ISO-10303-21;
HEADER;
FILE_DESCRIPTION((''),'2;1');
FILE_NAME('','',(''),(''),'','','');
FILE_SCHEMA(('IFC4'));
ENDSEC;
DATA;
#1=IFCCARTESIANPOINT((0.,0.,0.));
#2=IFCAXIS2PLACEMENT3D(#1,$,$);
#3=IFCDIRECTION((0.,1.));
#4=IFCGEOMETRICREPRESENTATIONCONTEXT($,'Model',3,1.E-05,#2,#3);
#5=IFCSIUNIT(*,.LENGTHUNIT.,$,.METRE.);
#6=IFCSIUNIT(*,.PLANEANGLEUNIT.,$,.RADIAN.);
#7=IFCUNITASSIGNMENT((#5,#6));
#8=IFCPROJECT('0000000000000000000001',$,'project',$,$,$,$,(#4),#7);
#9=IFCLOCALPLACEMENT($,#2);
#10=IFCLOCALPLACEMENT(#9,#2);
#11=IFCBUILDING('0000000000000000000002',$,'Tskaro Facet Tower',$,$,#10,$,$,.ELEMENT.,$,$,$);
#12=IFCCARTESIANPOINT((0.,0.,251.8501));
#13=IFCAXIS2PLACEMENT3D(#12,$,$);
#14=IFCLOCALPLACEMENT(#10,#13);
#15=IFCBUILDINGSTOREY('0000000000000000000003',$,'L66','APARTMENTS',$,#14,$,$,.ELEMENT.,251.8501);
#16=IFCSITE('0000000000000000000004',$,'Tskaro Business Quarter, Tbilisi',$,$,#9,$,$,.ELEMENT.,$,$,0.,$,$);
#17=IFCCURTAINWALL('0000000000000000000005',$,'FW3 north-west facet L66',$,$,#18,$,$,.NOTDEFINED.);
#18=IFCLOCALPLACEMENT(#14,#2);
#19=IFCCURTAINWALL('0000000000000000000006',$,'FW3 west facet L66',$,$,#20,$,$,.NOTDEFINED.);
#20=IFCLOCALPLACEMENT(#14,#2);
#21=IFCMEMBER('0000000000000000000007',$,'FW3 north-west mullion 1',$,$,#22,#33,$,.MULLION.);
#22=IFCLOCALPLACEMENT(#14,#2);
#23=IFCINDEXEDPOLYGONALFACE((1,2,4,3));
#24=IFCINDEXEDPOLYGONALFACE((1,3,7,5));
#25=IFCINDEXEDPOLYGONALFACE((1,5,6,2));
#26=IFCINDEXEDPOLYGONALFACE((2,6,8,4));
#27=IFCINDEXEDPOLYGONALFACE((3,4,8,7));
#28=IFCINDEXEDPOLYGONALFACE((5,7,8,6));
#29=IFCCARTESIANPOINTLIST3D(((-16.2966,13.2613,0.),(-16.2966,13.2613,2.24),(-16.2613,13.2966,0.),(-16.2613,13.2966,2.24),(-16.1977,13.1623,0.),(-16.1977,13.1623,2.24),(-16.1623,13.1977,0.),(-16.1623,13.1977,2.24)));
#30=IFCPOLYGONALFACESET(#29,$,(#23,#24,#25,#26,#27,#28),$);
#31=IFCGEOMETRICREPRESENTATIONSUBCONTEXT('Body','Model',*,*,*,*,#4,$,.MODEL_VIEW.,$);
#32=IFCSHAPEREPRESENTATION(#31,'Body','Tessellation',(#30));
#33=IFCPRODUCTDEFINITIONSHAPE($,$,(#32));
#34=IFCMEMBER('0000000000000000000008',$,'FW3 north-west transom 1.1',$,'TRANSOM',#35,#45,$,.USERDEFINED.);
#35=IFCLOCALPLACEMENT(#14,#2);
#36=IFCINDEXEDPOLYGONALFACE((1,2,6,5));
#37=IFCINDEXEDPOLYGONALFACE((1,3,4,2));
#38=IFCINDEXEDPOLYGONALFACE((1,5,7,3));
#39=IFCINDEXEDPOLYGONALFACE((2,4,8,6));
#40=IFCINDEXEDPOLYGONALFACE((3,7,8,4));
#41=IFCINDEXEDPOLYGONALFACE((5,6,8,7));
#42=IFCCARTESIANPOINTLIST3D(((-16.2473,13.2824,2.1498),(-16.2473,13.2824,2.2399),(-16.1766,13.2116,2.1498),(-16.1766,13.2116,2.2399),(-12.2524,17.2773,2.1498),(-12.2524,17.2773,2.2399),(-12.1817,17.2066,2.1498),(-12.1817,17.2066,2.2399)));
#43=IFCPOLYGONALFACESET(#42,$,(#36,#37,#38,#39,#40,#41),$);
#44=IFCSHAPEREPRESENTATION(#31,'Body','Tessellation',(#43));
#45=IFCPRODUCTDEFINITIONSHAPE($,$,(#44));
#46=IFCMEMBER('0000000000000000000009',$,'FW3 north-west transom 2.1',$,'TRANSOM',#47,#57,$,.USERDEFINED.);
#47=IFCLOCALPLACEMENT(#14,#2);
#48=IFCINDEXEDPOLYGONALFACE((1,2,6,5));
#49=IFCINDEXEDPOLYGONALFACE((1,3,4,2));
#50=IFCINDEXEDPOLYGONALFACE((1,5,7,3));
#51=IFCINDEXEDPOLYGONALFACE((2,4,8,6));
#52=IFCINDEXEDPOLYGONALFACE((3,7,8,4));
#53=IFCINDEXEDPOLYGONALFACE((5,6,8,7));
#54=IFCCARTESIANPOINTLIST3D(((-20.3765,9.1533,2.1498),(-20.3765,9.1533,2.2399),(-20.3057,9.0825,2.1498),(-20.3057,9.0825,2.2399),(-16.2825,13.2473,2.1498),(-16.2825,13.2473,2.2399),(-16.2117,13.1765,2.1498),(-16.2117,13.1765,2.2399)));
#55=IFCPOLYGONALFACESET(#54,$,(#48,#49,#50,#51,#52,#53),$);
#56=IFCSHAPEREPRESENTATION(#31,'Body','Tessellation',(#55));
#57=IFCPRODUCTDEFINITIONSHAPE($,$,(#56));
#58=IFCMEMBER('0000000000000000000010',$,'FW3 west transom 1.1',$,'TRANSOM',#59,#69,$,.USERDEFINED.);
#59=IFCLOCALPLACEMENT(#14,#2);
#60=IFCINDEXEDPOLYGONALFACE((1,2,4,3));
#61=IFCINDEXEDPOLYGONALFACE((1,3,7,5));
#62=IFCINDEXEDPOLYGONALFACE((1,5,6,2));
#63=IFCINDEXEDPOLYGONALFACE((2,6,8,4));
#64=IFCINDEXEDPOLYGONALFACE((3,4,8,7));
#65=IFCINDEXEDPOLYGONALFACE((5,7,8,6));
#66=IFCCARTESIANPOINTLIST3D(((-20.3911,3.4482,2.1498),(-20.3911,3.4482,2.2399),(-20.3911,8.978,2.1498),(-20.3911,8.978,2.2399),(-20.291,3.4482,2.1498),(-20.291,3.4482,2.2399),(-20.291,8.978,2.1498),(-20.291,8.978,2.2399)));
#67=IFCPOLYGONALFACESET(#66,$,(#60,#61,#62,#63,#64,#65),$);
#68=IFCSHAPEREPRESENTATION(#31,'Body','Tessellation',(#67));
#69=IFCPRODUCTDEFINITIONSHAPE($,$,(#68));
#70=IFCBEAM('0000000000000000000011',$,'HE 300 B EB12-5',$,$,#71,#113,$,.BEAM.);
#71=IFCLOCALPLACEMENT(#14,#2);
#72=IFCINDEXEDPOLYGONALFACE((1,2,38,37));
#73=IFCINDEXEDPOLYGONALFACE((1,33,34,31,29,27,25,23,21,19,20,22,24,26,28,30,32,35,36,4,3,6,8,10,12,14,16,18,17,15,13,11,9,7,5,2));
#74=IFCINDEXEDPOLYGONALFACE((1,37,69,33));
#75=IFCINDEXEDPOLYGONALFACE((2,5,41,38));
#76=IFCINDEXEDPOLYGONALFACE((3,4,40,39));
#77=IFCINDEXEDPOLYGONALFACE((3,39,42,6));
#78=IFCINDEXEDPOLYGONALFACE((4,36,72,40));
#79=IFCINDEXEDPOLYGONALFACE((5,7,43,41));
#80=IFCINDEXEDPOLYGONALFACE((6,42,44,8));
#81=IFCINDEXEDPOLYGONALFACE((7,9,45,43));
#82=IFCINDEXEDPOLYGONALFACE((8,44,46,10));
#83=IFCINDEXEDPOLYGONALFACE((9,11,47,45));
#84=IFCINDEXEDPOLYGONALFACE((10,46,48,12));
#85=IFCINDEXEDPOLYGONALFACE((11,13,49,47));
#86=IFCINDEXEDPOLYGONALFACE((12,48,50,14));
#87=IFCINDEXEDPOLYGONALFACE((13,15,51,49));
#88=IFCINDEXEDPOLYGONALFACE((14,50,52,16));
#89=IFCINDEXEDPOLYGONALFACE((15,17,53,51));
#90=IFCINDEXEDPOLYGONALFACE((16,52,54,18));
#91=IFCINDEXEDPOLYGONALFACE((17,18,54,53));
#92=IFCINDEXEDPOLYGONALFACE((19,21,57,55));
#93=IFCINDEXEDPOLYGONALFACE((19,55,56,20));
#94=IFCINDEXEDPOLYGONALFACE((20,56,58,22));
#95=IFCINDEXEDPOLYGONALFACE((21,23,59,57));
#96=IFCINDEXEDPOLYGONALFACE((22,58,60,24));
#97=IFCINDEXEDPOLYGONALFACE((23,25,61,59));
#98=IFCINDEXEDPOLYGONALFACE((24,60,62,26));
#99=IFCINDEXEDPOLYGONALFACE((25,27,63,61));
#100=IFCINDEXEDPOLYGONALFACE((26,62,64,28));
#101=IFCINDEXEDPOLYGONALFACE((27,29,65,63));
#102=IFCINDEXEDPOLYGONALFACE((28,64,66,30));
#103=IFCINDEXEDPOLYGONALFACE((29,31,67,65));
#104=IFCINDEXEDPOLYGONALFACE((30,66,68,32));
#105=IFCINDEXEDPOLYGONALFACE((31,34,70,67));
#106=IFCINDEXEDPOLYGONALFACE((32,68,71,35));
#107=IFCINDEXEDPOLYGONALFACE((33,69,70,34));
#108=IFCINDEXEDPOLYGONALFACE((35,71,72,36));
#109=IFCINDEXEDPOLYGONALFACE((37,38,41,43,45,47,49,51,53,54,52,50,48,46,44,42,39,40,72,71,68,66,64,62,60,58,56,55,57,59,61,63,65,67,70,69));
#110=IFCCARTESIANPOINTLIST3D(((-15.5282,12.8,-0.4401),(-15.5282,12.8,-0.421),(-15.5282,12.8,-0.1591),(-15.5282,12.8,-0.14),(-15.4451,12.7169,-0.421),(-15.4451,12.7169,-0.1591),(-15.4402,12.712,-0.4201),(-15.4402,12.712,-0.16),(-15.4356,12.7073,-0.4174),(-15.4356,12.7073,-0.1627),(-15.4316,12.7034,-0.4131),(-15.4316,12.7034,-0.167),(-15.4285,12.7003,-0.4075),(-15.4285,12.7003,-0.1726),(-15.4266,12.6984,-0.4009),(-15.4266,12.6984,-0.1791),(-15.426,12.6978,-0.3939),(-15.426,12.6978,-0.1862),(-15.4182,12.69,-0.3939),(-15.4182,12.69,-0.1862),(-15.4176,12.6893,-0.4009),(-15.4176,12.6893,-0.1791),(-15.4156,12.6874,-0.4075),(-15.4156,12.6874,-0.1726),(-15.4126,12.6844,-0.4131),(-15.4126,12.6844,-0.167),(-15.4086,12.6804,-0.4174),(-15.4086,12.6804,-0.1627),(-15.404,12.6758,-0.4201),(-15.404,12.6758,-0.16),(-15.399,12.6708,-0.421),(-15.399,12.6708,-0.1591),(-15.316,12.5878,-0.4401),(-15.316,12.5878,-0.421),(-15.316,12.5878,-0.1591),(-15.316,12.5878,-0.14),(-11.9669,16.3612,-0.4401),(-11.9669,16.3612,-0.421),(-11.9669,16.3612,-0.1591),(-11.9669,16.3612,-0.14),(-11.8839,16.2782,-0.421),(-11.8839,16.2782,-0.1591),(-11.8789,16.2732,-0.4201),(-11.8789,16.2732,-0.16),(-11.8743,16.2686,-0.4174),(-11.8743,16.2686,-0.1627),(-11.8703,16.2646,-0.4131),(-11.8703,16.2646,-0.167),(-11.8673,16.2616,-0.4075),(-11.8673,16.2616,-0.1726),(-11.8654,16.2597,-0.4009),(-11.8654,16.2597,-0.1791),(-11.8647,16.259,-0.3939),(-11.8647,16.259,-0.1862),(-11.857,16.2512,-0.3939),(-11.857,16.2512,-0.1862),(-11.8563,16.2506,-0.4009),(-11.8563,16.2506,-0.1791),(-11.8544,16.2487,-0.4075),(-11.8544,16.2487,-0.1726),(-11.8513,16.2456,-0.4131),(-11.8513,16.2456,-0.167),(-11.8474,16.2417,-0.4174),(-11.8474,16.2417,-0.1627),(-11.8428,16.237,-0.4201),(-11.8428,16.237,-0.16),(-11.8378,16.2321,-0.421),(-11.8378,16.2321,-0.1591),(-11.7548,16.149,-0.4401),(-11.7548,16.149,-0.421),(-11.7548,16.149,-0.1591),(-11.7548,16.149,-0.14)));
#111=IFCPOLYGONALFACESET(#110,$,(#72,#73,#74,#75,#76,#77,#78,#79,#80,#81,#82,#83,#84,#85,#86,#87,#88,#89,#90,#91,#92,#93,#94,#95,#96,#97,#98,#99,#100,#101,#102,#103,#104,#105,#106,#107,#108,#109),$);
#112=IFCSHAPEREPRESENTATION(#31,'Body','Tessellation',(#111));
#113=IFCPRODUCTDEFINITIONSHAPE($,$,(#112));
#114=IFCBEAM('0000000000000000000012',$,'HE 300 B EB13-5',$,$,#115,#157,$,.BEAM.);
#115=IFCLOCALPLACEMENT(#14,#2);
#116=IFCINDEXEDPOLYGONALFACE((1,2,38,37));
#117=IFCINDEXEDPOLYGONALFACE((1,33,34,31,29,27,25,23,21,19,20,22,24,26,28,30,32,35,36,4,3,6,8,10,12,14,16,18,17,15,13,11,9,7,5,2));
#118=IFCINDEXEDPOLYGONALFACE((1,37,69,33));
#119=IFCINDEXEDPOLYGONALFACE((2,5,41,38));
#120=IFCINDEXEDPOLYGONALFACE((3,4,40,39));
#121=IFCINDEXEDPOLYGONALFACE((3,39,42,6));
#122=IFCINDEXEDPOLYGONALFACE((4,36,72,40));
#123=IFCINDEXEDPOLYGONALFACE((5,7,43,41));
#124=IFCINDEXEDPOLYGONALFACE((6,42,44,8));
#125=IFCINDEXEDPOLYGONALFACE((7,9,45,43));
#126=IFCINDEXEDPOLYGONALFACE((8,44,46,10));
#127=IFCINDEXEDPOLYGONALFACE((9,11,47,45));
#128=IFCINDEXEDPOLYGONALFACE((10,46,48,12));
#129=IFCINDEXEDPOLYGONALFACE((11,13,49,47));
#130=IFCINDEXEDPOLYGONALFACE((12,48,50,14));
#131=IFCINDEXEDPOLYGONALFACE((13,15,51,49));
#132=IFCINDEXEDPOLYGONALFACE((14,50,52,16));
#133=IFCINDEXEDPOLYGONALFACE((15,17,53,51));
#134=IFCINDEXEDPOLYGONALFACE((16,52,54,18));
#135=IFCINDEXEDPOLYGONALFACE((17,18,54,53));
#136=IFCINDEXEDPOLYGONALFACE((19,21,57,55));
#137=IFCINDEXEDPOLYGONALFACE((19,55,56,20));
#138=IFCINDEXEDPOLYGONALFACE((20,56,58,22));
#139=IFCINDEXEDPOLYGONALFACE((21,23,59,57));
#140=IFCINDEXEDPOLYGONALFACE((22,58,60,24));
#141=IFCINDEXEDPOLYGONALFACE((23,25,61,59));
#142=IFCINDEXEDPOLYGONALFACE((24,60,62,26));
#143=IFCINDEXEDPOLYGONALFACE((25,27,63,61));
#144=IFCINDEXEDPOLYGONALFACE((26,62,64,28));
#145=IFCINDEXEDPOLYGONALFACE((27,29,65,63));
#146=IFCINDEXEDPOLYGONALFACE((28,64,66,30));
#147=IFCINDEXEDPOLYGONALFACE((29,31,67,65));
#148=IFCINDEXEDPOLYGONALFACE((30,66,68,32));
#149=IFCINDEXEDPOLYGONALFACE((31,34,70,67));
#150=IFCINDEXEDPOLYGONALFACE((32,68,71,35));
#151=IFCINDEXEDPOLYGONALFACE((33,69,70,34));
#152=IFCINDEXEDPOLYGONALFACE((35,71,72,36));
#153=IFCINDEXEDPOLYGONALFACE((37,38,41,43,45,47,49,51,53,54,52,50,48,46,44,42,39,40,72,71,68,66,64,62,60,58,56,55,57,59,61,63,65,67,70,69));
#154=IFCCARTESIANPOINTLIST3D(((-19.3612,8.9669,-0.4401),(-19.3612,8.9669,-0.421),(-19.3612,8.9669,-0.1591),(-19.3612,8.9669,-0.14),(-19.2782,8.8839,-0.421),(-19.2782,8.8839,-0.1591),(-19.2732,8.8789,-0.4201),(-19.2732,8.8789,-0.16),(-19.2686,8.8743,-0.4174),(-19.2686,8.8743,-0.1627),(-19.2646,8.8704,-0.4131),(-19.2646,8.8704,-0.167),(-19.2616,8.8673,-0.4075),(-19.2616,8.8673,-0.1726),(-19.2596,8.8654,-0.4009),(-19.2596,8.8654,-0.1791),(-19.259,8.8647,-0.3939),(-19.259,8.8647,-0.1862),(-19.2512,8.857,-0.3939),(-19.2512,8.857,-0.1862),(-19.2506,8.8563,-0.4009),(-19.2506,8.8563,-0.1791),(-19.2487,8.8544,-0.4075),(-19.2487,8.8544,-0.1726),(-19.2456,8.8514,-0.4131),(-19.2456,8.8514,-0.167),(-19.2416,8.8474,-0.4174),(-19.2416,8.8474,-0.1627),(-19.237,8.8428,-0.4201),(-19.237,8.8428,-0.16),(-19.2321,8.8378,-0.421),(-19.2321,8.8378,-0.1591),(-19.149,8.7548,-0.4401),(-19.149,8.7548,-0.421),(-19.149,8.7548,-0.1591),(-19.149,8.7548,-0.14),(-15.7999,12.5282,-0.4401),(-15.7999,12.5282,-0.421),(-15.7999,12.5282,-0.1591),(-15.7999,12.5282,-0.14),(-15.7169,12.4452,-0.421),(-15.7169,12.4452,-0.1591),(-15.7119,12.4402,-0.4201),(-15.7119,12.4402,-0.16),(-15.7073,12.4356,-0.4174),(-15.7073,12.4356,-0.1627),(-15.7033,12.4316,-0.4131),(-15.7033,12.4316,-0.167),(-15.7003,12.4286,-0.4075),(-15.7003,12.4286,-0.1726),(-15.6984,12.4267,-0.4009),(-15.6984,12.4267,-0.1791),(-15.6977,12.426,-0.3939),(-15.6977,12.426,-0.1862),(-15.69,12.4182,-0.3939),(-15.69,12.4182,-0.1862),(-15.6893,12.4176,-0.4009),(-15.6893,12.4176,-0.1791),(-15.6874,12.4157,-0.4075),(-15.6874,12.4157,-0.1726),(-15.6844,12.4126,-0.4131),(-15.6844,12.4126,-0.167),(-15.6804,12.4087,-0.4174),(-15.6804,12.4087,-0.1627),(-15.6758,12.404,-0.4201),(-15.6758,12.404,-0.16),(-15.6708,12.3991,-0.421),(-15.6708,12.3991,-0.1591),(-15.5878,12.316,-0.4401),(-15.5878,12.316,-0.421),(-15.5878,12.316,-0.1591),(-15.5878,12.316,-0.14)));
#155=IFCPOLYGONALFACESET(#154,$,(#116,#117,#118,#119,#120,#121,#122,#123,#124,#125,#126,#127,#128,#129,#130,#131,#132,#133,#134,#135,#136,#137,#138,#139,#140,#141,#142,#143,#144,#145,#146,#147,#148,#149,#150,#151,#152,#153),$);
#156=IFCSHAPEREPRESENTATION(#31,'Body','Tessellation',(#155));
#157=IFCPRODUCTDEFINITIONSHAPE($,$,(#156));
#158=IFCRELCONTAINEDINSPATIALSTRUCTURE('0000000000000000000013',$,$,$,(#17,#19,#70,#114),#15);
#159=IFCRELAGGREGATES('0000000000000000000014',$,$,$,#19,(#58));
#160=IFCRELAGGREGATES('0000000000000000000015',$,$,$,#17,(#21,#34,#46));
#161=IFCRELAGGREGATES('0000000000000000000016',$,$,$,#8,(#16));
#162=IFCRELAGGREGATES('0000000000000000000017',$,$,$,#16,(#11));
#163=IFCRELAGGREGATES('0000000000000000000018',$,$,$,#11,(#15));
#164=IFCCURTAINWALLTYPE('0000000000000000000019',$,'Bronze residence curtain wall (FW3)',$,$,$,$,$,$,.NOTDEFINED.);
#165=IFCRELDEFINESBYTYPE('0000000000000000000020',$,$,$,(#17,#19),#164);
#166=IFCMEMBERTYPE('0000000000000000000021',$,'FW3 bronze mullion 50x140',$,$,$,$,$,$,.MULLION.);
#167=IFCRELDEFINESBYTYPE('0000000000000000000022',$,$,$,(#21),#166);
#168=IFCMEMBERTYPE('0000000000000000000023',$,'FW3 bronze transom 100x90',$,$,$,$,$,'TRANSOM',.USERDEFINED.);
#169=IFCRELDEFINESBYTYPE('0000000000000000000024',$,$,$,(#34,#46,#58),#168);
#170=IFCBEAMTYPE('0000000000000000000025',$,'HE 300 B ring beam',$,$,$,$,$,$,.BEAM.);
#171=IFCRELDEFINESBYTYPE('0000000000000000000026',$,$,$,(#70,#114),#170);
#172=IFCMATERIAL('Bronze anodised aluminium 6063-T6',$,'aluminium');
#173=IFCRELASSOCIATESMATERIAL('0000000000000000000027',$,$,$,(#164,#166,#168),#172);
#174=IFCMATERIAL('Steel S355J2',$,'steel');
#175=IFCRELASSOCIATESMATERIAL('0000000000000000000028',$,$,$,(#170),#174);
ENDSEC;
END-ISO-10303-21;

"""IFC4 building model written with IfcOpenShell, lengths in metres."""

from ifc_helpers import new_model, si_unit, direction, frame, origin, origin_2d, place, context, subcontext, project, spatial, rectangle, i_section, extrude, material, material_profile, profile_set, type_object, element, aggregate, save


model = new_model("IFC4")

# Units and contexts
model_context = context("Model", 3, precision=1e-05, world=origin(), true_north=direction((0.0, 1.0)))
body_context = subcontext(model_context, "Body", "Model", "MODEL_VIEW")
ifc_project = project(units=[si_unit("LENGTHUNIT", "METRE"), si_unit("PLANEANGLEUNIT", "RADIAN")], contexts=[model_context])

# Site, building, storey
site_placement = place(None, origin())
site = spatial("IfcSite", under=ifc_project, at=site_placement, Name="Tskaro Business Quarter, Tbilisi", CompositionType="ELEMENT", RefElevation=0.0)
building_placement = place(site_placement, origin())
building = spatial("IfcBuilding", under=site, at=building_placement, Name="Tskaro Facet Tower", CompositionType="ELEMENT")
storey_placement = place(building_placement, frame((0.0, 0.0, 251.8501)))
storey = spatial("IfcBuildingStorey", under=building, at=storey_placement, Name="L66", Description="APARTMENTS", CompositionType="ELEMENT", Elevation=251.8501)

# Shared definitions
ifc_material_1 = material(Name="Steel S355J2", Category="steel")

# Curtain walls
ifc_material_2 = material(Name="Bronze anodised aluminium 6063-T6", Category="aluminium")
curtain_wall_type = type_object("IfcCurtainWallType", Name="Bronze residence curtain wall (FW3)", PredefinedType="NOTDEFINED", material=ifc_material_2)
curtain_wall_1_placement = place(storey_placement, origin())
curtain_wall_1 = element("IfcCurtainWall", 1, at=curtain_wall_1_placement, inside=storey, type_object=curtain_wall_type, Name="FW3 north-west facet L66", PredefinedType="NOTDEFINED")
curtain_wall_2_placement = place(storey_placement, origin())
curtain_wall_2 = element("IfcCurtainWall", 2, at=curtain_wall_2_placement, inside=storey, type_object=curtain_wall_type, Name="FW3 west facet L66", PredefinedType="NOTDEFINED")

# Members
ifc_material_profile_1 = material_profile(ifc_material_2, rectangle(XDim=0.05, YDim=0.1399, at=origin_2d()), Name="Mullion 50x140")
ifc_profile_set_1 = profile_set([ifc_material_profile_1], Name="Bronze anodised aluminium 6063-T6")
member_type_1 = type_object("IfcMemberType", Name="FW3 bronze mullion 50x140", PredefinedType="MULLION", material=ifc_profile_set_1)
member_1_placement = place(storey_placement, frame((-16.2295, 13.2295, 0.0), z_axis=(0.0, 0.0, 1.0), x_axis=(-0.707107, -0.707107, 0.0)))
member_1 = element("IfcMember", 3, at=member_1_placement, type_object=member_type_1, Name="FW3 north-west mullion 1", PredefinedType="MULLION", context=body_context, shape_type="SweptSolid", body=[
    extrude(rectangle(XDim=0.05, YDim=0.1399, at=origin_2d()), origin(), (0.0, 0.0, 1.0), 2.24),
])
ifc_material_profile_2 = material_profile(ifc_material_2, rectangle(XDim=0.1001, YDim=0.0901, at=origin_2d()), Name="Transom 100x90")
ifc_profile_set_2 = profile_set([ifc_material_profile_2], Name="Bronze anodised aluminium 6063-T6")
member_type_2 = type_object("IfcMemberType", Name="FW3 bronze transom 100x90", ElementType="TRANSOM", PredefinedType="USERDEFINED", material=ifc_profile_set_2)
member_2_placement = place(storey_placement, frame((-12.217, 17.2419, 2.1948), z_axis=(-0.707107, -0.707107, 0.0), x_axis=(0.707107, -0.707107, 0.0)))
member_2 = element("IfcMember", 4, at=member_2_placement, type_object=member_type_2, Name="FW3 north-west transom 1.1", ObjectType="TRANSOM", PredefinedType="USERDEFINED", context=body_context, shape_type="SweptSolid", body=[
    extrude(rectangle(XDim=0.1001, YDim=0.0901, at=origin_2d()), origin(), (0.0, 0.0, 1.0), 5.6497),
])
member_3_placement = place(storey_placement, frame((-16.2471, 13.2119, 2.1948), z_axis=(-0.707107, -0.707107, 0.0), x_axis=(0.707107, -0.707107, 0.0)))
member_3 = element("IfcMember", 5, at=member_3_placement, type_object=member_type_2, Name="FW3 north-west transom 2.1", ObjectType="TRANSOM", PredefinedType="USERDEFINED", context=body_context, shape_type="SweptSolid", body=[
    extrude(rectangle(XDim=0.1001, YDim=0.0901, at=origin_2d()), origin(), (0.0, 0.0, 1.0), 5.7898),
])
member_4_placement = place(storey_placement, frame((-20.3411, 8.978, 2.1948), z_axis=(0.0, -1.0, 0.0), x_axis=(1.0, 0.0, 0.0)))
member_4 = element("IfcMember", 6, at=member_4_placement, type_object=member_type_2, Name="FW3 west transom 1.1", ObjectType="TRANSOM", PredefinedType="USERDEFINED", context=body_context, shape_type="SweptSolid", body=[
    extrude(rectangle(XDim=0.1001, YDim=0.0901, at=origin_2d()), origin(), (0.0, 0.0, 1.0), 5.5298),
])
aggregate(curtain_wall_2, [member_4])

# Beams
ifc_material_profile_3 = material_profile(ifc_material_1, i_section(OverallWidth=0.3, OverallDepth=0.3, WebThickness=0.011, FlangeThickness=0.019, FilletRadius=0.0271, at=origin_2d()), Name="HE 300 B")
ifc_profile_set_3 = profile_set([ifc_material_profile_3], Name="Steel S355J2")
beam_type_1 = type_object("IfcBeamType", Name="HE 300 B ring beam", PredefinedType="BEAM", material=ifc_profile_set_3)
for number, where, z_axis, x_axis, name in (
    (7, (-11.8608, 16.2551, -0.29), (-0.707107, -0.707107, 0.0), (0.707107, -0.707107, 0.0), "HE 300 B EB12-5"),
    (8, (-15.6938, 12.4221, -0.29), (-0.707107, -0.707107, 0.0), (0.707107, -0.707107, 0.0), "HE 300 B EB13-5"),
):
    element("IfcBeam", number, at=place(storey_placement, frame(where, z_axis=z_axis, x_axis=x_axis)), inside=storey, type_object=beam_type_1, Name=name, PredefinedType="BEAM", context=body_context, shape_type="SweptSolid", body=[
        extrude(i_section(OverallWidth=0.3, OverallDepth=0.3, WebThickness=0.011, FlangeThickness=0.019, FilletRadius=0.0271, at=origin_2d()), origin(), (0.0, 0.0, 1.0), 5.0364),
    ])

aggregate(curtain_wall_1, [member_1, member_2, member_3])

save(model, "model.ifc")
